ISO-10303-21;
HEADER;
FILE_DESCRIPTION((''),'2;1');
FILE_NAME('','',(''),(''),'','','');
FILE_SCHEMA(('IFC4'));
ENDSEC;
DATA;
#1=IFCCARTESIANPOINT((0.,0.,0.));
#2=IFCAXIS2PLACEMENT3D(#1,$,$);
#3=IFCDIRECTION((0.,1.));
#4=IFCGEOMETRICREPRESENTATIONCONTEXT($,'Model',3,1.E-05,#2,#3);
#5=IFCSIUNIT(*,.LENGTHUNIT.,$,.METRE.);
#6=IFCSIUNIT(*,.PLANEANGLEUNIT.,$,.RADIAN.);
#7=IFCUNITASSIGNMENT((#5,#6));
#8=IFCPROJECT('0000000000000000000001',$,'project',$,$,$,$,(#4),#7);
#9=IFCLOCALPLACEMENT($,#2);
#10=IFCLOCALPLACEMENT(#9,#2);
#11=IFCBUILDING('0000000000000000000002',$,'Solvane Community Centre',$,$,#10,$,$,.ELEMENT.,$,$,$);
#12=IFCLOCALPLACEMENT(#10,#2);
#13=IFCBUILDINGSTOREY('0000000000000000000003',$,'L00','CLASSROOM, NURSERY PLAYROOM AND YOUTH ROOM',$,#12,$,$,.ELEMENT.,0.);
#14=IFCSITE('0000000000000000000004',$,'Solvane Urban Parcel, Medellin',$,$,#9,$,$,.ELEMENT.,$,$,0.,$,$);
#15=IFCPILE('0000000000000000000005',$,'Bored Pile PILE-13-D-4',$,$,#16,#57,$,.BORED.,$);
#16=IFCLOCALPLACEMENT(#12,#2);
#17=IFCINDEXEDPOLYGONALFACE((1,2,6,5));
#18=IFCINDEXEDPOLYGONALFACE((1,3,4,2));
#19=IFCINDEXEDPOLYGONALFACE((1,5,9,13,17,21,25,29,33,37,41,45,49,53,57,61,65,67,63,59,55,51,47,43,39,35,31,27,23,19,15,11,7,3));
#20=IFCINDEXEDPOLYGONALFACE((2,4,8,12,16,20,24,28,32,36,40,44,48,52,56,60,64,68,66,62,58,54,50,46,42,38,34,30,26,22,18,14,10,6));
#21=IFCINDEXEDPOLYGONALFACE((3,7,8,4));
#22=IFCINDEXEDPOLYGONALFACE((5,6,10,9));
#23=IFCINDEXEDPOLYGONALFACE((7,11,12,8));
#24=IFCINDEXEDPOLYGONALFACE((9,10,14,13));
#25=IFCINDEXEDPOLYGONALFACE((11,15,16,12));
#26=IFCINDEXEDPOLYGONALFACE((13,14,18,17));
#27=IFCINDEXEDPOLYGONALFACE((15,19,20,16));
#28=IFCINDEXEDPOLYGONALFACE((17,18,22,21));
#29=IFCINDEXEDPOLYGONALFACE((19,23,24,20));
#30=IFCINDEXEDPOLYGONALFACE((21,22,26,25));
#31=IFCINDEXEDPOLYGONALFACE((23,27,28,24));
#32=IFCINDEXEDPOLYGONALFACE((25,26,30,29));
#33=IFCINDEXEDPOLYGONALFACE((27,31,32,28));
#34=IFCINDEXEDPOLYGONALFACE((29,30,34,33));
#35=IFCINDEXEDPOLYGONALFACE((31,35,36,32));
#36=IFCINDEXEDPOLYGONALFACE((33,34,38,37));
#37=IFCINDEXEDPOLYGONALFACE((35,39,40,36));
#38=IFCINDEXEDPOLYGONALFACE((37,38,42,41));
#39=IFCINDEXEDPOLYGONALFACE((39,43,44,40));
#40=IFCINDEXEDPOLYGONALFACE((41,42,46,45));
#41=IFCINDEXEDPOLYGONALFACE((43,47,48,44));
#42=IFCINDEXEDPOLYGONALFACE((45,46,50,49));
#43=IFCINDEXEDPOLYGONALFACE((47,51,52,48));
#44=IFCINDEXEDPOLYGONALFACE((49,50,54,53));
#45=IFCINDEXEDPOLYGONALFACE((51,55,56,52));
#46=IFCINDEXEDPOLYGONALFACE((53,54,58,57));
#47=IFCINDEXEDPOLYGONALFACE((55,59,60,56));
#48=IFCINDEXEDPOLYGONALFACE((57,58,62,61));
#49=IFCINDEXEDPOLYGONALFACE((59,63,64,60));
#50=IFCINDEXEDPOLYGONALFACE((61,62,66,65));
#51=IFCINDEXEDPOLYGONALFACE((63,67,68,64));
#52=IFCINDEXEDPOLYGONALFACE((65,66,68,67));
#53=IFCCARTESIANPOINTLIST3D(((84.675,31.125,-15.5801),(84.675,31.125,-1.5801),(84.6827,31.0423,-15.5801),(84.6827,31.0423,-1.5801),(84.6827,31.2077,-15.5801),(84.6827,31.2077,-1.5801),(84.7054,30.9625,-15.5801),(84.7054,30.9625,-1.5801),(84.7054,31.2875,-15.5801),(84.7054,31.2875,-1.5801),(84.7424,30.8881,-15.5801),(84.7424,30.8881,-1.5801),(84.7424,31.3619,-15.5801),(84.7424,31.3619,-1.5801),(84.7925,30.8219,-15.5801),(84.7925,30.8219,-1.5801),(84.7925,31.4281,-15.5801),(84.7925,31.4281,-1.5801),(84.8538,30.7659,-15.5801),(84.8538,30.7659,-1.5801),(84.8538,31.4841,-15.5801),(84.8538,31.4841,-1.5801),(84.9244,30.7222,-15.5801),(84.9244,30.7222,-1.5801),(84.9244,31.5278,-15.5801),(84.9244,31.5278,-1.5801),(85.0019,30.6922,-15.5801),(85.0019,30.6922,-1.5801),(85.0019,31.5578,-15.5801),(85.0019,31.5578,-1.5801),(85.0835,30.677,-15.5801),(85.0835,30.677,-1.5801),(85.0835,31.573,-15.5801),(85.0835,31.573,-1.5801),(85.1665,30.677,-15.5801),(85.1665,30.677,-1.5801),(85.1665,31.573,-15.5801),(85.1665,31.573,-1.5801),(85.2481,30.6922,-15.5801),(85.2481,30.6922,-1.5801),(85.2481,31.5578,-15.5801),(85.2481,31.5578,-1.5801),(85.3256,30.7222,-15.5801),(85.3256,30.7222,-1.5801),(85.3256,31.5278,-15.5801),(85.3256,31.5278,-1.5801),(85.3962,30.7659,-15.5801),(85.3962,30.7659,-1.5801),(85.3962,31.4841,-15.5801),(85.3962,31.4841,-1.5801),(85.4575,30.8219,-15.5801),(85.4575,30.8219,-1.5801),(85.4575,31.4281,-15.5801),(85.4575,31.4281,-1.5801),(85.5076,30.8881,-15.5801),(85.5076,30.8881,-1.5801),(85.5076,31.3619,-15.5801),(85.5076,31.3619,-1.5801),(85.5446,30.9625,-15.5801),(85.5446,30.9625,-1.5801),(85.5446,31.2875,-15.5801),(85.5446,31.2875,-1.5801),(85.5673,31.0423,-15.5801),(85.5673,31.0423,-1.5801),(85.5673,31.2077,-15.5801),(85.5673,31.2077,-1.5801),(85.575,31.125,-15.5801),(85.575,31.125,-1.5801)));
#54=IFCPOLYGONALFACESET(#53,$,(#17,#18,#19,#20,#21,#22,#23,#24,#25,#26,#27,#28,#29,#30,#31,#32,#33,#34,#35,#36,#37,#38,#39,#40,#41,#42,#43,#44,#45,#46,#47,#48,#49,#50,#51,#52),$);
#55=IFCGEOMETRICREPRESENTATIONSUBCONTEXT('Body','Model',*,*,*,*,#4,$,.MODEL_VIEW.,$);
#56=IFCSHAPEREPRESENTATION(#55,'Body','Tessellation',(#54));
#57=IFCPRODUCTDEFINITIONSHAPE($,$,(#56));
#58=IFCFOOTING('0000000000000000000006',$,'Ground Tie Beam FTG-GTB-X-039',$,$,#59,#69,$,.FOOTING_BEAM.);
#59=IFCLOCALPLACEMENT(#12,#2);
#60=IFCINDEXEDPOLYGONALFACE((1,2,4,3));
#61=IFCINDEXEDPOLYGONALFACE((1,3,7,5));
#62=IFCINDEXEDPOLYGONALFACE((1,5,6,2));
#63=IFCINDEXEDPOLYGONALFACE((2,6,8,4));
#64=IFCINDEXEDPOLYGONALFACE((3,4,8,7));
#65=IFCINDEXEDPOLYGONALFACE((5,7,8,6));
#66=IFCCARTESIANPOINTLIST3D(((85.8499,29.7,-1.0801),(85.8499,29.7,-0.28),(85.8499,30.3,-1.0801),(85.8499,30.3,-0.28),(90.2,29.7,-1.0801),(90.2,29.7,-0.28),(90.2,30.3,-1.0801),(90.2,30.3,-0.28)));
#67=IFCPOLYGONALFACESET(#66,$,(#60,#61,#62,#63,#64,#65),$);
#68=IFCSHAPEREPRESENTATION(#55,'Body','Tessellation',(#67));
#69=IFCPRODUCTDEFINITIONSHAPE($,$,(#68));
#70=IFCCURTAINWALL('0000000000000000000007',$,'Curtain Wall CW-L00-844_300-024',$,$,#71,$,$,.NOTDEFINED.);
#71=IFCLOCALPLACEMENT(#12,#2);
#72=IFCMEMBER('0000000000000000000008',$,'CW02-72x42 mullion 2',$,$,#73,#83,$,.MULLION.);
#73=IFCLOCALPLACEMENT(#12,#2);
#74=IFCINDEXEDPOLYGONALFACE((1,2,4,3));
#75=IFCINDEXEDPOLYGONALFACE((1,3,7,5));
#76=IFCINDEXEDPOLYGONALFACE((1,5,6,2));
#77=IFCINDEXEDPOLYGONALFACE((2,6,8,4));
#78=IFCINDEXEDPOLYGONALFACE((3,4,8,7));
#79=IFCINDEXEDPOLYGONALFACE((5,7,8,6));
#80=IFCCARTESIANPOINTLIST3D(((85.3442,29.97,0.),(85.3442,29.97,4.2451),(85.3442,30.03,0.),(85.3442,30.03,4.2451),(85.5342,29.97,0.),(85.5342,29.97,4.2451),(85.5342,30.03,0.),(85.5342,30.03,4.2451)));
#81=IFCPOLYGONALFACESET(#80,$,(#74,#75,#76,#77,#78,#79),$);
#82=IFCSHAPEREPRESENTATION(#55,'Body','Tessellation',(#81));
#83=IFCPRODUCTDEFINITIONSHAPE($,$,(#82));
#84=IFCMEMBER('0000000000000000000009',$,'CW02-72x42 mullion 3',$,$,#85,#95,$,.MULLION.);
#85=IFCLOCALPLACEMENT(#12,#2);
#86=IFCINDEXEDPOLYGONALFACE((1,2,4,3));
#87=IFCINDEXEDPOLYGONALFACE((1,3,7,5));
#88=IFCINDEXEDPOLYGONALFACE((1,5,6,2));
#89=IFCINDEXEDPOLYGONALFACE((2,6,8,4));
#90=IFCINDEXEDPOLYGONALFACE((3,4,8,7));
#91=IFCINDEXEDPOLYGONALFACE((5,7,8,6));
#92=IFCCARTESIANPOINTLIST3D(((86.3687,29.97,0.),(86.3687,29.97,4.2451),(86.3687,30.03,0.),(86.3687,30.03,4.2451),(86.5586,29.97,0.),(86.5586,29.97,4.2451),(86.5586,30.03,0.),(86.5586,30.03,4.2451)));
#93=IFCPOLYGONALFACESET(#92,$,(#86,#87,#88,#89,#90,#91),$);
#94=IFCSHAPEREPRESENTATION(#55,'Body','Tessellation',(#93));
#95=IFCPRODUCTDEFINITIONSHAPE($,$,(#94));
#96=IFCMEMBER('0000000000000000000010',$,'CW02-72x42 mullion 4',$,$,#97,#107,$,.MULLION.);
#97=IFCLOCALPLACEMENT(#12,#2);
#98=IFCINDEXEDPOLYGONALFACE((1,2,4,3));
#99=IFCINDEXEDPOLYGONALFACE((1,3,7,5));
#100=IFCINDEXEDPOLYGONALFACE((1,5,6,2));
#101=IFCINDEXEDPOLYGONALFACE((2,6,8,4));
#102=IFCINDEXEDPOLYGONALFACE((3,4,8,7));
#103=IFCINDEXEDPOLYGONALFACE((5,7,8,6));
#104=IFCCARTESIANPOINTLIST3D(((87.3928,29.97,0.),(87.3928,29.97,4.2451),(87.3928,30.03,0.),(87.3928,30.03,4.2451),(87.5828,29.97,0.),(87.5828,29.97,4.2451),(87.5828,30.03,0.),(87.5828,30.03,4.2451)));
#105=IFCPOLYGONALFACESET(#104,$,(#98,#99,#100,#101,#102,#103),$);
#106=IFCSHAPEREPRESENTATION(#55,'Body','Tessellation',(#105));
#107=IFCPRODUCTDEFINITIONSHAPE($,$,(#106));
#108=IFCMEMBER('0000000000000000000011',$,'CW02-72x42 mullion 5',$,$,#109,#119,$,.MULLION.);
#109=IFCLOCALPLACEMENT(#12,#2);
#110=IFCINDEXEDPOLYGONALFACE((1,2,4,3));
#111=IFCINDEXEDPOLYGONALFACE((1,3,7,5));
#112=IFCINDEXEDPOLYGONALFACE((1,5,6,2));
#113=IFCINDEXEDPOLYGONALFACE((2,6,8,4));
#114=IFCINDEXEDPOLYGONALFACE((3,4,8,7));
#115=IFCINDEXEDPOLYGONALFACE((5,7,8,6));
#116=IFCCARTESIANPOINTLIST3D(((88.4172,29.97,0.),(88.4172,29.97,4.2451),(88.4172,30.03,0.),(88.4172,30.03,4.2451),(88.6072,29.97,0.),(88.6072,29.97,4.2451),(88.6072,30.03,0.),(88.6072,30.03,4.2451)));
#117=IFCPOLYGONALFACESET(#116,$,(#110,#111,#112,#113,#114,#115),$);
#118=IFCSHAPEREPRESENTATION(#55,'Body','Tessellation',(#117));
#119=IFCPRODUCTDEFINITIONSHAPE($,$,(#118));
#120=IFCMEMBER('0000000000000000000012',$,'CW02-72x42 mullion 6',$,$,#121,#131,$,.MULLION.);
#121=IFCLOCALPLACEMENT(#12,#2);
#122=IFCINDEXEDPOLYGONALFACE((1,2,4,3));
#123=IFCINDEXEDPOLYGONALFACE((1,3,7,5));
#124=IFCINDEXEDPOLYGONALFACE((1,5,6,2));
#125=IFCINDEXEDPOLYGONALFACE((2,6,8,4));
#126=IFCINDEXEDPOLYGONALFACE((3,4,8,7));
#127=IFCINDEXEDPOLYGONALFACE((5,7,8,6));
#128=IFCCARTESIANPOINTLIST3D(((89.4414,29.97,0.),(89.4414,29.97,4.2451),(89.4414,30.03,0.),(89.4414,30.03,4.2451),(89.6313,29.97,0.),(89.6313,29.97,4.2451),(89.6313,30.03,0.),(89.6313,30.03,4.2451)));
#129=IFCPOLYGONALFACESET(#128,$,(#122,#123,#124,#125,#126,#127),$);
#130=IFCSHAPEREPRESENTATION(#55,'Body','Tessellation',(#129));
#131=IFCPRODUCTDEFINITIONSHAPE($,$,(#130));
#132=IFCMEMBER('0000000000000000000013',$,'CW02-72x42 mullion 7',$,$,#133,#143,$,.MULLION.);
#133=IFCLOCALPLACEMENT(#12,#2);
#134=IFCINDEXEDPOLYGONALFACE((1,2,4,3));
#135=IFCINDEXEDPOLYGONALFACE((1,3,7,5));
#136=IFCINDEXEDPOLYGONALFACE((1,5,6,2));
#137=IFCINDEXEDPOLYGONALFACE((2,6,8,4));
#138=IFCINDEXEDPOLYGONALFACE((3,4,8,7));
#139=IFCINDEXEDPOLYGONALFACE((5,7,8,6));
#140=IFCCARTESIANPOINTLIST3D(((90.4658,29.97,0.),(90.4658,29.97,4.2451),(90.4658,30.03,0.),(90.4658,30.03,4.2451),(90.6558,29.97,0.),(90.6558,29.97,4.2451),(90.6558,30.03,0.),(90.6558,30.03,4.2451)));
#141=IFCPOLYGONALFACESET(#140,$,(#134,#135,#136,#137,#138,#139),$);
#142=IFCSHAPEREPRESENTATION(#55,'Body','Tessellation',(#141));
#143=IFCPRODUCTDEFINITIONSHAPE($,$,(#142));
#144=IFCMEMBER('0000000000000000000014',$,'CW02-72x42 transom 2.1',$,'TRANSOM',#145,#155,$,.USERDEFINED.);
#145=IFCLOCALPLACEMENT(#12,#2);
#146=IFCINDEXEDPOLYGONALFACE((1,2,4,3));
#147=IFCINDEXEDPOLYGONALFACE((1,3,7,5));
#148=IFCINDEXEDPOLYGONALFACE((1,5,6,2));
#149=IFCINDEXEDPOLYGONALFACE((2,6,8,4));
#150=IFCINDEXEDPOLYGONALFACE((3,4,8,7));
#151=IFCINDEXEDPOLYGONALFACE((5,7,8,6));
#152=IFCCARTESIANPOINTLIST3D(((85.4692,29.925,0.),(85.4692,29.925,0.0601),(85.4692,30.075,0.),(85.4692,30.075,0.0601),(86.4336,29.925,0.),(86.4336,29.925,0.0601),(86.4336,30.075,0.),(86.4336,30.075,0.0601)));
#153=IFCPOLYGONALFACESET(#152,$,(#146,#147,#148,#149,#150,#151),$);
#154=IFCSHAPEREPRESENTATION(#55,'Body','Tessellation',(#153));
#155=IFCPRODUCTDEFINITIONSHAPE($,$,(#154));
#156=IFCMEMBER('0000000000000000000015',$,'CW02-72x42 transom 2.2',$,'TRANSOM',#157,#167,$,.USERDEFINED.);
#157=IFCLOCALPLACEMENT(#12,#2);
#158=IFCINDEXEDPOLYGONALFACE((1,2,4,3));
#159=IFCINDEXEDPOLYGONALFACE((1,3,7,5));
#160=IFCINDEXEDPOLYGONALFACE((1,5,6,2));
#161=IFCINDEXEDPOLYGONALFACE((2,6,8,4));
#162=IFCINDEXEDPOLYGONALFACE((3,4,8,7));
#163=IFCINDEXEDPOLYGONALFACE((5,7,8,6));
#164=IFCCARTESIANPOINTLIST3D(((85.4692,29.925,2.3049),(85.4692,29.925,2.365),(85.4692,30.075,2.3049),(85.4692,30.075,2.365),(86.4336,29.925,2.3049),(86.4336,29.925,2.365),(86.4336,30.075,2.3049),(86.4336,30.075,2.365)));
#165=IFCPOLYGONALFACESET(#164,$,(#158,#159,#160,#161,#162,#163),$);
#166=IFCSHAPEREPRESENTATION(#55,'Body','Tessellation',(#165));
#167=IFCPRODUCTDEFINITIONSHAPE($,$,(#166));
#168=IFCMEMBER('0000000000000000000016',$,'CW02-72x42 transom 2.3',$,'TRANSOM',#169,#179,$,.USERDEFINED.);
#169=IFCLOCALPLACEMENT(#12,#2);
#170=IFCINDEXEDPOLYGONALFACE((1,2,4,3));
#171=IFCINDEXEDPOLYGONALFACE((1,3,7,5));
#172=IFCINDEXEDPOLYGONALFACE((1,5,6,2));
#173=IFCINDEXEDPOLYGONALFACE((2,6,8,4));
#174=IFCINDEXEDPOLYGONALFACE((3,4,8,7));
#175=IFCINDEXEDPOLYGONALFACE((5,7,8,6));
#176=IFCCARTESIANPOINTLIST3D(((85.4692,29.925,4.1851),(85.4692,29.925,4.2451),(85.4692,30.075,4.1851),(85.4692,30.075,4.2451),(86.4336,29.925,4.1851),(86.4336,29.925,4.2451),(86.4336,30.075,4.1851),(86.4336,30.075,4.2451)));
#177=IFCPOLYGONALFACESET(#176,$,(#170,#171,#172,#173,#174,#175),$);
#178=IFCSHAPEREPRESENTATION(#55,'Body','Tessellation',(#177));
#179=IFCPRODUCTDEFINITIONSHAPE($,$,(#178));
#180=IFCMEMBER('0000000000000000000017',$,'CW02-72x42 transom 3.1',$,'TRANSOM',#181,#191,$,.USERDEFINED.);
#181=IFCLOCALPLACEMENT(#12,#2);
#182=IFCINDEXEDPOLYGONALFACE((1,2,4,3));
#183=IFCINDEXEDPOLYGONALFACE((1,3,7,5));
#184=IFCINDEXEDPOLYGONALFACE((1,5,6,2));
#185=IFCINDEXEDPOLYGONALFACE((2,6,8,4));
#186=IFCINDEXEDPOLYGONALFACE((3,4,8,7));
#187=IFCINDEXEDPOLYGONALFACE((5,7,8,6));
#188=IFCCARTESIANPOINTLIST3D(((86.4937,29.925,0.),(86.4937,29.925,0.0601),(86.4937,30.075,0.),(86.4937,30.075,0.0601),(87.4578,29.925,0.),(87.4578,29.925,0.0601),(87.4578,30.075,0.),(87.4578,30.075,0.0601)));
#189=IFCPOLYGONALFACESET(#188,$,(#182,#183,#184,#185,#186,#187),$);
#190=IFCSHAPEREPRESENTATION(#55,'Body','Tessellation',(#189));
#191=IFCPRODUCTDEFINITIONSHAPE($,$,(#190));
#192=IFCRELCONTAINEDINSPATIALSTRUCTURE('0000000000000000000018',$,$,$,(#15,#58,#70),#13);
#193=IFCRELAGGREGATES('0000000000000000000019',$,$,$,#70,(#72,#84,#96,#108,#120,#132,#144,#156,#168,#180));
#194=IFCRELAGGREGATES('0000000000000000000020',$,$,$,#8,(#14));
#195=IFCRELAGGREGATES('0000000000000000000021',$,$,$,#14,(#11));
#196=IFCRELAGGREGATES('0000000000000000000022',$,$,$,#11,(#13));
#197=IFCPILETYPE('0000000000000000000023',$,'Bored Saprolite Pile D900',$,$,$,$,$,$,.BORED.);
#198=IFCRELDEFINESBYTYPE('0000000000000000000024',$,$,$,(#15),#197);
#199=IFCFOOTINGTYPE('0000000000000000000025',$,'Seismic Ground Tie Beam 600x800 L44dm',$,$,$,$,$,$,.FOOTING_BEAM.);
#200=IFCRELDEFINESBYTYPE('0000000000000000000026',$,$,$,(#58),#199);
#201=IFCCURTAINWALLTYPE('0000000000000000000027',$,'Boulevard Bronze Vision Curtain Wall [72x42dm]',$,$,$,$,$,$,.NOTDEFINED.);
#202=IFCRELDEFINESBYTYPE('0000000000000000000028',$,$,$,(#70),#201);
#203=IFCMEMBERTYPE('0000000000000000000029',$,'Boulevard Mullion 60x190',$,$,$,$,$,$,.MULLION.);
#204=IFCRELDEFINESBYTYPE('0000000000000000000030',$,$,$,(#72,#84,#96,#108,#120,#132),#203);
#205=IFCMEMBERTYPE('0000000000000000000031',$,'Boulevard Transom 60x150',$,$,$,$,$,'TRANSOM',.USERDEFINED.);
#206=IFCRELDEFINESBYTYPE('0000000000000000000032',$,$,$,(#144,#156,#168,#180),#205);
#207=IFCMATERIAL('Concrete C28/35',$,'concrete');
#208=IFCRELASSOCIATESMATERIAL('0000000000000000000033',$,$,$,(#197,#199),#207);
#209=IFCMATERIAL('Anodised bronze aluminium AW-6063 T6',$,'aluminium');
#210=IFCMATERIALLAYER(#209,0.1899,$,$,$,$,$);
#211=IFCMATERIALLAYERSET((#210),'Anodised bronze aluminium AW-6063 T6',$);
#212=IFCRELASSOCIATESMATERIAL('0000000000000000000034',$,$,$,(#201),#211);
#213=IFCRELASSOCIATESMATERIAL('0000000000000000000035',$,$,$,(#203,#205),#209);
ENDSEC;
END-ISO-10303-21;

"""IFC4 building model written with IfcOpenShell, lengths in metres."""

from ifc_helpers import new_model, si_unit, direction, frame, origin, origin_2d, place, context, subcontext, project, spatial, rectangle, circle, extrude, material, layer, layer_set, material_profile, profile_set, type_object, element, aggregate, save


model = new_model("IFC4")

# Units and contexts
model_context = context("Model", 3, precision=1e-05, world=origin(), true_north=direction((0.0, 1.0)))
body_context = subcontext(model_context, "Body", "Model", "MODEL_VIEW")
ifc_project = project(units=[si_unit("LENGTHUNIT", "METRE"), si_unit("PLANEANGLEUNIT", "RADIAN")], contexts=[model_context])

# Site, building, storey
site_placement = place(None, origin())
site = spatial("IfcSite", under=ifc_project, at=site_placement, Name="Solvane Urban Parcel, Medellin", CompositionType="ELEMENT", RefElevation=0.0)
building_placement = place(site_placement, origin())
building = spatial("IfcBuilding", under=site, at=building_placement, Name="Solvane Community Centre", CompositionType="ELEMENT")
storey_placement = place(building_placement, origin())
storey = spatial("IfcBuildingStorey", under=building, at=storey_placement, Name="L00", Description="CLASSROOM, NURSERY PLAYROOM AND YOUTH ROOM", CompositionType="ELEMENT", Elevation=0.0)

# Pile
ifc_material_1 = material(Name="Concrete C28/35", Category="concrete")
ifc_material_profile_1 = material_profile(ifc_material_1, circle(Radius=0.45, at=origin_2d()), Name="PILE D900")
ifc_profile_set_1 = profile_set([ifc_material_profile_1], Name="Concrete C28/35")
pile_type = type_object("IfcPileType", Name="Bored Saprolite Pile D900", PredefinedType="BORED", material=ifc_profile_set_1)
pile_placement = place(storey_placement, frame((85.125, 31.125, -1.5801), z_axis=(0.0, 0.0, -1.0), x_axis=(1.0, 0.0, 0.0)))
element("IfcPile", 1, at=pile_placement, inside=storey, type_object=pile_type, Name="Bored Pile PILE-13-D-4", PredefinedType="BORED", context=body_context, shape_type="SweptSolid", body=[
    extrude(circle(Radius=0.45, at=origin_2d()), origin(), (0.0, 0.0, 1.0), 14.0),
])

# Footing
footing_type = type_object("IfcFootingType", Name="Seismic Ground Tie Beam 600x800 L44dm", PredefinedType="FOOTING_BEAM", material=ifc_material_1)
footing_placement = place(storey_placement, frame((88.0249, 30.0, -1.0801), z_axis=(0.0, 0.0, 1.0), x_axis=(1.0, 0.0, 0.0)))
element("IfcFooting", 2, at=footing_placement, inside=storey, type_object=footing_type, Name="Ground Tie Beam FTG-GTB-X-039", PredefinedType="FOOTING_BEAM", context=body_context, shape_type="SweptSolid", body=[
    extrude(rectangle(XDim=4.3501, YDim=0.6001, at=origin_2d()), origin(), (0.0, 0.0, 1.0), 0.8),
])

# Curtain wall, members
ifc_material_2 = material(Name="Anodised bronze aluminium AW-6063 T6", Category="aluminium")
ifc_layer_1 = layer(ifc_material_2, 0.1899)
ifc_layer_set_1 = layer_set([ifc_layer_1], Name="Anodised bronze aluminium AW-6063 T6")
curtain_wall_type = type_object("IfcCurtainWallType", Name="Boulevard Bronze Vision Curtain Wall [72x42dm]", PredefinedType="NOTDEFINED", material=ifc_layer_set_1)
curtain_wall_placement = place(storey_placement, origin())
curtain_wall = element("IfcCurtainWall", 3, at=curtain_wall_placement, inside=storey, type_object=curtain_wall_type, Name="Curtain Wall CW-L00-844_300-024", PredefinedType="NOTDEFINED")
ifc_material_profile_2 = material_profile(ifc_material_2, rectangle(XDim=0.0601, YDim=0.1899, at=origin_2d()), Name="CW-M 60x190")
ifc_profile_set_2 = profile_set([ifc_material_profile_2], Name="Anodised bronze aluminium AW-6063 T6")
member_type_1 = type_object("IfcMemberType", Name="Boulevard Mullion 60x190", PredefinedType="MULLION", material=ifc_profile_set_2)
member_1_placement = place(storey_placement, frame((85.4392, 30.0, 0.0), z_axis=(0.0, 0.0, 1.0), x_axis=(0.0, 1.0, 0.0)))
member_1 = element("IfcMember", 4, at=member_1_placement, type_object=member_type_1, Name="CW02-72x42 mullion 2", PredefinedType="MULLION", context=body_context, shape_type="SweptSolid", body=[
    extrude(rectangle(XDim=0.0601, YDim=0.1899, at=origin_2d()), origin(), (0.0, 0.0, 1.0), 4.2451),
])
member_2_placement = place(storey_placement, frame((86.4636, 30.0, 0.0), z_axis=(0.0, 0.0, 1.0), x_axis=(0.0, 1.0, 0.0)))
member_2 = element("IfcMember", 5, at=member_2_placement, type_object=member_type_1, Name="CW02-72x42 mullion 3", PredefinedType="MULLION", context=body_context, shape_type="SweptSolid", body=[
    extrude(rectangle(XDim=0.0601, YDim=0.1899, at=origin_2d()), origin(), (0.0, 0.0, 1.0), 4.2451),
])
member_3_placement = place(storey_placement, frame((87.4878, 30.0, 0.0), z_axis=(0.0, 0.0, 1.0), x_axis=(0.0, 1.0, 0.0)))
member_3 = element("IfcMember", 6, at=member_3_placement, type_object=member_type_1, Name="CW02-72x42 mullion 4", PredefinedType="MULLION", context=body_context, shape_type="SweptSolid", body=[
    extrude(rectangle(XDim=0.0601, YDim=0.1899, at=origin_2d()), origin(), (0.0, 0.0, 1.0), 4.2451),
])
member_4_placement = place(storey_placement, frame((88.5122, 30.0, 0.0), z_axis=(0.0, 0.0, 1.0), x_axis=(0.0, 1.0, 0.0)))
member_4 = element("IfcMember", 7, at=member_4_placement, type_object=member_type_1, Name="CW02-72x42 mullion 5", PredefinedType="MULLION", context=body_context, shape_type="SweptSolid", body=[
    extrude(rectangle(XDim=0.0601, YDim=0.1899, at=origin_2d()), origin(), (0.0, 0.0, 1.0), 4.2451),
])
member_5_placement = place(storey_placement, frame((89.5364, 30.0, 0.0), z_axis=(0.0, 0.0, 1.0), x_axis=(0.0, 1.0, 0.0)))
member_5 = element("IfcMember", 8, at=member_5_placement, type_object=member_type_1, Name="CW02-72x42 mullion 6", PredefinedType="MULLION", context=body_context, shape_type="SweptSolid", body=[
    extrude(rectangle(XDim=0.0601, YDim=0.1899, at=origin_2d()), origin(), (0.0, 0.0, 1.0), 4.2451),
])
member_6_placement = place(storey_placement, frame((90.5608, 30.0, 0.0), z_axis=(0.0, 0.0, 1.0), x_axis=(0.0, 1.0, 0.0)))
member_6 = element("IfcMember", 9, at=member_6_placement, type_object=member_type_1, Name="CW02-72x42 mullion 7", PredefinedType="MULLION", context=body_context, shape_type="SweptSolid", body=[
    extrude(rectangle(XDim=0.0601, YDim=0.1899, at=origin_2d()), origin(), (0.0, 0.0, 1.0), 4.2451),
])
ifc_material_profile_3 = material_profile(ifc_material_2, rectangle(XDim=0.1499, YDim=0.0601, at=origin_2d()), Name="CW-T 60x150")
ifc_profile_set_3 = profile_set([ifc_material_profile_3], Name="Anodised bronze aluminium AW-6063 T6")
member_type_2 = type_object("IfcMemberType", Name="Boulevard Transom 60x150", ElementType="TRANSOM", PredefinedType="USERDEFINED", material=ifc_profile_set_3)
member_7_placement = place(storey_placement, frame((85.4692, 30.0, 0.03), z_axis=(1.0, 0.0, 0.0), x_axis=(0.0, 1.0, 0.0)))
member_7 = element("IfcMember", 10, at=member_7_placement, type_object=member_type_2, Name="CW02-72x42 transom 2.1", ObjectType="TRANSOM", PredefinedType="USERDEFINED", context=body_context, shape_type="SweptSolid", body=[
    extrude(rectangle(XDim=0.1499, YDim=0.0601, at=origin_2d()), origin(), (0.0, 0.0, 1.0), 0.9644),
])
member_8_placement = place(storey_placement, frame((85.4692, 30.0, 2.335), z_axis=(1.0, 0.0, 0.0), x_axis=(0.0, 1.0, 0.0)))
member_8 = element("IfcMember", 11, at=member_8_placement, type_object=member_type_2, Name="CW02-72x42 transom 2.2", ObjectType="TRANSOM", PredefinedType="USERDEFINED", context=body_context, shape_type="SweptSolid", body=[
    extrude(rectangle(XDim=0.1499, YDim=0.0601, at=origin_2d()), origin(), (0.0, 0.0, 1.0), 0.9644),
])
member_9_placement = place(storey_placement, frame((85.4692, 30.0, 4.2151), z_axis=(1.0, 0.0, 0.0), x_axis=(0.0, 1.0, 0.0)))
member_9 = element("IfcMember", 12, at=member_9_placement, type_object=member_type_2, Name="CW02-72x42 transom 2.3", ObjectType="TRANSOM", PredefinedType="USERDEFINED", context=body_context, shape_type="SweptSolid", body=[
    extrude(rectangle(XDim=0.1499, YDim=0.0601, at=origin_2d()), origin(), (0.0, 0.0, 1.0), 0.9644),
])
member_10_placement = place(storey_placement, frame((86.4937, 30.0, 0.03), z_axis=(1.0, 0.0, 0.0), x_axis=(0.0, 1.0, 0.0)))
member_10 = element("IfcMember", 13, at=member_10_placement, type_object=member_type_2, Name="CW02-72x42 transom 3.1", ObjectType="TRANSOM", PredefinedType="USERDEFINED", context=body_context, shape_type="SweptSolid", body=[
    extrude(rectangle(XDim=0.1499, YDim=0.0601, at=origin_2d()), origin(), (0.0, 0.0, 1.0), 0.9641),
])
aggregate(curtain_wall, [member_1, member_2, member_3, member_4, member_5, member_6, member_7, member_8, member_9, member_10])

save(model, "model.ifc")
